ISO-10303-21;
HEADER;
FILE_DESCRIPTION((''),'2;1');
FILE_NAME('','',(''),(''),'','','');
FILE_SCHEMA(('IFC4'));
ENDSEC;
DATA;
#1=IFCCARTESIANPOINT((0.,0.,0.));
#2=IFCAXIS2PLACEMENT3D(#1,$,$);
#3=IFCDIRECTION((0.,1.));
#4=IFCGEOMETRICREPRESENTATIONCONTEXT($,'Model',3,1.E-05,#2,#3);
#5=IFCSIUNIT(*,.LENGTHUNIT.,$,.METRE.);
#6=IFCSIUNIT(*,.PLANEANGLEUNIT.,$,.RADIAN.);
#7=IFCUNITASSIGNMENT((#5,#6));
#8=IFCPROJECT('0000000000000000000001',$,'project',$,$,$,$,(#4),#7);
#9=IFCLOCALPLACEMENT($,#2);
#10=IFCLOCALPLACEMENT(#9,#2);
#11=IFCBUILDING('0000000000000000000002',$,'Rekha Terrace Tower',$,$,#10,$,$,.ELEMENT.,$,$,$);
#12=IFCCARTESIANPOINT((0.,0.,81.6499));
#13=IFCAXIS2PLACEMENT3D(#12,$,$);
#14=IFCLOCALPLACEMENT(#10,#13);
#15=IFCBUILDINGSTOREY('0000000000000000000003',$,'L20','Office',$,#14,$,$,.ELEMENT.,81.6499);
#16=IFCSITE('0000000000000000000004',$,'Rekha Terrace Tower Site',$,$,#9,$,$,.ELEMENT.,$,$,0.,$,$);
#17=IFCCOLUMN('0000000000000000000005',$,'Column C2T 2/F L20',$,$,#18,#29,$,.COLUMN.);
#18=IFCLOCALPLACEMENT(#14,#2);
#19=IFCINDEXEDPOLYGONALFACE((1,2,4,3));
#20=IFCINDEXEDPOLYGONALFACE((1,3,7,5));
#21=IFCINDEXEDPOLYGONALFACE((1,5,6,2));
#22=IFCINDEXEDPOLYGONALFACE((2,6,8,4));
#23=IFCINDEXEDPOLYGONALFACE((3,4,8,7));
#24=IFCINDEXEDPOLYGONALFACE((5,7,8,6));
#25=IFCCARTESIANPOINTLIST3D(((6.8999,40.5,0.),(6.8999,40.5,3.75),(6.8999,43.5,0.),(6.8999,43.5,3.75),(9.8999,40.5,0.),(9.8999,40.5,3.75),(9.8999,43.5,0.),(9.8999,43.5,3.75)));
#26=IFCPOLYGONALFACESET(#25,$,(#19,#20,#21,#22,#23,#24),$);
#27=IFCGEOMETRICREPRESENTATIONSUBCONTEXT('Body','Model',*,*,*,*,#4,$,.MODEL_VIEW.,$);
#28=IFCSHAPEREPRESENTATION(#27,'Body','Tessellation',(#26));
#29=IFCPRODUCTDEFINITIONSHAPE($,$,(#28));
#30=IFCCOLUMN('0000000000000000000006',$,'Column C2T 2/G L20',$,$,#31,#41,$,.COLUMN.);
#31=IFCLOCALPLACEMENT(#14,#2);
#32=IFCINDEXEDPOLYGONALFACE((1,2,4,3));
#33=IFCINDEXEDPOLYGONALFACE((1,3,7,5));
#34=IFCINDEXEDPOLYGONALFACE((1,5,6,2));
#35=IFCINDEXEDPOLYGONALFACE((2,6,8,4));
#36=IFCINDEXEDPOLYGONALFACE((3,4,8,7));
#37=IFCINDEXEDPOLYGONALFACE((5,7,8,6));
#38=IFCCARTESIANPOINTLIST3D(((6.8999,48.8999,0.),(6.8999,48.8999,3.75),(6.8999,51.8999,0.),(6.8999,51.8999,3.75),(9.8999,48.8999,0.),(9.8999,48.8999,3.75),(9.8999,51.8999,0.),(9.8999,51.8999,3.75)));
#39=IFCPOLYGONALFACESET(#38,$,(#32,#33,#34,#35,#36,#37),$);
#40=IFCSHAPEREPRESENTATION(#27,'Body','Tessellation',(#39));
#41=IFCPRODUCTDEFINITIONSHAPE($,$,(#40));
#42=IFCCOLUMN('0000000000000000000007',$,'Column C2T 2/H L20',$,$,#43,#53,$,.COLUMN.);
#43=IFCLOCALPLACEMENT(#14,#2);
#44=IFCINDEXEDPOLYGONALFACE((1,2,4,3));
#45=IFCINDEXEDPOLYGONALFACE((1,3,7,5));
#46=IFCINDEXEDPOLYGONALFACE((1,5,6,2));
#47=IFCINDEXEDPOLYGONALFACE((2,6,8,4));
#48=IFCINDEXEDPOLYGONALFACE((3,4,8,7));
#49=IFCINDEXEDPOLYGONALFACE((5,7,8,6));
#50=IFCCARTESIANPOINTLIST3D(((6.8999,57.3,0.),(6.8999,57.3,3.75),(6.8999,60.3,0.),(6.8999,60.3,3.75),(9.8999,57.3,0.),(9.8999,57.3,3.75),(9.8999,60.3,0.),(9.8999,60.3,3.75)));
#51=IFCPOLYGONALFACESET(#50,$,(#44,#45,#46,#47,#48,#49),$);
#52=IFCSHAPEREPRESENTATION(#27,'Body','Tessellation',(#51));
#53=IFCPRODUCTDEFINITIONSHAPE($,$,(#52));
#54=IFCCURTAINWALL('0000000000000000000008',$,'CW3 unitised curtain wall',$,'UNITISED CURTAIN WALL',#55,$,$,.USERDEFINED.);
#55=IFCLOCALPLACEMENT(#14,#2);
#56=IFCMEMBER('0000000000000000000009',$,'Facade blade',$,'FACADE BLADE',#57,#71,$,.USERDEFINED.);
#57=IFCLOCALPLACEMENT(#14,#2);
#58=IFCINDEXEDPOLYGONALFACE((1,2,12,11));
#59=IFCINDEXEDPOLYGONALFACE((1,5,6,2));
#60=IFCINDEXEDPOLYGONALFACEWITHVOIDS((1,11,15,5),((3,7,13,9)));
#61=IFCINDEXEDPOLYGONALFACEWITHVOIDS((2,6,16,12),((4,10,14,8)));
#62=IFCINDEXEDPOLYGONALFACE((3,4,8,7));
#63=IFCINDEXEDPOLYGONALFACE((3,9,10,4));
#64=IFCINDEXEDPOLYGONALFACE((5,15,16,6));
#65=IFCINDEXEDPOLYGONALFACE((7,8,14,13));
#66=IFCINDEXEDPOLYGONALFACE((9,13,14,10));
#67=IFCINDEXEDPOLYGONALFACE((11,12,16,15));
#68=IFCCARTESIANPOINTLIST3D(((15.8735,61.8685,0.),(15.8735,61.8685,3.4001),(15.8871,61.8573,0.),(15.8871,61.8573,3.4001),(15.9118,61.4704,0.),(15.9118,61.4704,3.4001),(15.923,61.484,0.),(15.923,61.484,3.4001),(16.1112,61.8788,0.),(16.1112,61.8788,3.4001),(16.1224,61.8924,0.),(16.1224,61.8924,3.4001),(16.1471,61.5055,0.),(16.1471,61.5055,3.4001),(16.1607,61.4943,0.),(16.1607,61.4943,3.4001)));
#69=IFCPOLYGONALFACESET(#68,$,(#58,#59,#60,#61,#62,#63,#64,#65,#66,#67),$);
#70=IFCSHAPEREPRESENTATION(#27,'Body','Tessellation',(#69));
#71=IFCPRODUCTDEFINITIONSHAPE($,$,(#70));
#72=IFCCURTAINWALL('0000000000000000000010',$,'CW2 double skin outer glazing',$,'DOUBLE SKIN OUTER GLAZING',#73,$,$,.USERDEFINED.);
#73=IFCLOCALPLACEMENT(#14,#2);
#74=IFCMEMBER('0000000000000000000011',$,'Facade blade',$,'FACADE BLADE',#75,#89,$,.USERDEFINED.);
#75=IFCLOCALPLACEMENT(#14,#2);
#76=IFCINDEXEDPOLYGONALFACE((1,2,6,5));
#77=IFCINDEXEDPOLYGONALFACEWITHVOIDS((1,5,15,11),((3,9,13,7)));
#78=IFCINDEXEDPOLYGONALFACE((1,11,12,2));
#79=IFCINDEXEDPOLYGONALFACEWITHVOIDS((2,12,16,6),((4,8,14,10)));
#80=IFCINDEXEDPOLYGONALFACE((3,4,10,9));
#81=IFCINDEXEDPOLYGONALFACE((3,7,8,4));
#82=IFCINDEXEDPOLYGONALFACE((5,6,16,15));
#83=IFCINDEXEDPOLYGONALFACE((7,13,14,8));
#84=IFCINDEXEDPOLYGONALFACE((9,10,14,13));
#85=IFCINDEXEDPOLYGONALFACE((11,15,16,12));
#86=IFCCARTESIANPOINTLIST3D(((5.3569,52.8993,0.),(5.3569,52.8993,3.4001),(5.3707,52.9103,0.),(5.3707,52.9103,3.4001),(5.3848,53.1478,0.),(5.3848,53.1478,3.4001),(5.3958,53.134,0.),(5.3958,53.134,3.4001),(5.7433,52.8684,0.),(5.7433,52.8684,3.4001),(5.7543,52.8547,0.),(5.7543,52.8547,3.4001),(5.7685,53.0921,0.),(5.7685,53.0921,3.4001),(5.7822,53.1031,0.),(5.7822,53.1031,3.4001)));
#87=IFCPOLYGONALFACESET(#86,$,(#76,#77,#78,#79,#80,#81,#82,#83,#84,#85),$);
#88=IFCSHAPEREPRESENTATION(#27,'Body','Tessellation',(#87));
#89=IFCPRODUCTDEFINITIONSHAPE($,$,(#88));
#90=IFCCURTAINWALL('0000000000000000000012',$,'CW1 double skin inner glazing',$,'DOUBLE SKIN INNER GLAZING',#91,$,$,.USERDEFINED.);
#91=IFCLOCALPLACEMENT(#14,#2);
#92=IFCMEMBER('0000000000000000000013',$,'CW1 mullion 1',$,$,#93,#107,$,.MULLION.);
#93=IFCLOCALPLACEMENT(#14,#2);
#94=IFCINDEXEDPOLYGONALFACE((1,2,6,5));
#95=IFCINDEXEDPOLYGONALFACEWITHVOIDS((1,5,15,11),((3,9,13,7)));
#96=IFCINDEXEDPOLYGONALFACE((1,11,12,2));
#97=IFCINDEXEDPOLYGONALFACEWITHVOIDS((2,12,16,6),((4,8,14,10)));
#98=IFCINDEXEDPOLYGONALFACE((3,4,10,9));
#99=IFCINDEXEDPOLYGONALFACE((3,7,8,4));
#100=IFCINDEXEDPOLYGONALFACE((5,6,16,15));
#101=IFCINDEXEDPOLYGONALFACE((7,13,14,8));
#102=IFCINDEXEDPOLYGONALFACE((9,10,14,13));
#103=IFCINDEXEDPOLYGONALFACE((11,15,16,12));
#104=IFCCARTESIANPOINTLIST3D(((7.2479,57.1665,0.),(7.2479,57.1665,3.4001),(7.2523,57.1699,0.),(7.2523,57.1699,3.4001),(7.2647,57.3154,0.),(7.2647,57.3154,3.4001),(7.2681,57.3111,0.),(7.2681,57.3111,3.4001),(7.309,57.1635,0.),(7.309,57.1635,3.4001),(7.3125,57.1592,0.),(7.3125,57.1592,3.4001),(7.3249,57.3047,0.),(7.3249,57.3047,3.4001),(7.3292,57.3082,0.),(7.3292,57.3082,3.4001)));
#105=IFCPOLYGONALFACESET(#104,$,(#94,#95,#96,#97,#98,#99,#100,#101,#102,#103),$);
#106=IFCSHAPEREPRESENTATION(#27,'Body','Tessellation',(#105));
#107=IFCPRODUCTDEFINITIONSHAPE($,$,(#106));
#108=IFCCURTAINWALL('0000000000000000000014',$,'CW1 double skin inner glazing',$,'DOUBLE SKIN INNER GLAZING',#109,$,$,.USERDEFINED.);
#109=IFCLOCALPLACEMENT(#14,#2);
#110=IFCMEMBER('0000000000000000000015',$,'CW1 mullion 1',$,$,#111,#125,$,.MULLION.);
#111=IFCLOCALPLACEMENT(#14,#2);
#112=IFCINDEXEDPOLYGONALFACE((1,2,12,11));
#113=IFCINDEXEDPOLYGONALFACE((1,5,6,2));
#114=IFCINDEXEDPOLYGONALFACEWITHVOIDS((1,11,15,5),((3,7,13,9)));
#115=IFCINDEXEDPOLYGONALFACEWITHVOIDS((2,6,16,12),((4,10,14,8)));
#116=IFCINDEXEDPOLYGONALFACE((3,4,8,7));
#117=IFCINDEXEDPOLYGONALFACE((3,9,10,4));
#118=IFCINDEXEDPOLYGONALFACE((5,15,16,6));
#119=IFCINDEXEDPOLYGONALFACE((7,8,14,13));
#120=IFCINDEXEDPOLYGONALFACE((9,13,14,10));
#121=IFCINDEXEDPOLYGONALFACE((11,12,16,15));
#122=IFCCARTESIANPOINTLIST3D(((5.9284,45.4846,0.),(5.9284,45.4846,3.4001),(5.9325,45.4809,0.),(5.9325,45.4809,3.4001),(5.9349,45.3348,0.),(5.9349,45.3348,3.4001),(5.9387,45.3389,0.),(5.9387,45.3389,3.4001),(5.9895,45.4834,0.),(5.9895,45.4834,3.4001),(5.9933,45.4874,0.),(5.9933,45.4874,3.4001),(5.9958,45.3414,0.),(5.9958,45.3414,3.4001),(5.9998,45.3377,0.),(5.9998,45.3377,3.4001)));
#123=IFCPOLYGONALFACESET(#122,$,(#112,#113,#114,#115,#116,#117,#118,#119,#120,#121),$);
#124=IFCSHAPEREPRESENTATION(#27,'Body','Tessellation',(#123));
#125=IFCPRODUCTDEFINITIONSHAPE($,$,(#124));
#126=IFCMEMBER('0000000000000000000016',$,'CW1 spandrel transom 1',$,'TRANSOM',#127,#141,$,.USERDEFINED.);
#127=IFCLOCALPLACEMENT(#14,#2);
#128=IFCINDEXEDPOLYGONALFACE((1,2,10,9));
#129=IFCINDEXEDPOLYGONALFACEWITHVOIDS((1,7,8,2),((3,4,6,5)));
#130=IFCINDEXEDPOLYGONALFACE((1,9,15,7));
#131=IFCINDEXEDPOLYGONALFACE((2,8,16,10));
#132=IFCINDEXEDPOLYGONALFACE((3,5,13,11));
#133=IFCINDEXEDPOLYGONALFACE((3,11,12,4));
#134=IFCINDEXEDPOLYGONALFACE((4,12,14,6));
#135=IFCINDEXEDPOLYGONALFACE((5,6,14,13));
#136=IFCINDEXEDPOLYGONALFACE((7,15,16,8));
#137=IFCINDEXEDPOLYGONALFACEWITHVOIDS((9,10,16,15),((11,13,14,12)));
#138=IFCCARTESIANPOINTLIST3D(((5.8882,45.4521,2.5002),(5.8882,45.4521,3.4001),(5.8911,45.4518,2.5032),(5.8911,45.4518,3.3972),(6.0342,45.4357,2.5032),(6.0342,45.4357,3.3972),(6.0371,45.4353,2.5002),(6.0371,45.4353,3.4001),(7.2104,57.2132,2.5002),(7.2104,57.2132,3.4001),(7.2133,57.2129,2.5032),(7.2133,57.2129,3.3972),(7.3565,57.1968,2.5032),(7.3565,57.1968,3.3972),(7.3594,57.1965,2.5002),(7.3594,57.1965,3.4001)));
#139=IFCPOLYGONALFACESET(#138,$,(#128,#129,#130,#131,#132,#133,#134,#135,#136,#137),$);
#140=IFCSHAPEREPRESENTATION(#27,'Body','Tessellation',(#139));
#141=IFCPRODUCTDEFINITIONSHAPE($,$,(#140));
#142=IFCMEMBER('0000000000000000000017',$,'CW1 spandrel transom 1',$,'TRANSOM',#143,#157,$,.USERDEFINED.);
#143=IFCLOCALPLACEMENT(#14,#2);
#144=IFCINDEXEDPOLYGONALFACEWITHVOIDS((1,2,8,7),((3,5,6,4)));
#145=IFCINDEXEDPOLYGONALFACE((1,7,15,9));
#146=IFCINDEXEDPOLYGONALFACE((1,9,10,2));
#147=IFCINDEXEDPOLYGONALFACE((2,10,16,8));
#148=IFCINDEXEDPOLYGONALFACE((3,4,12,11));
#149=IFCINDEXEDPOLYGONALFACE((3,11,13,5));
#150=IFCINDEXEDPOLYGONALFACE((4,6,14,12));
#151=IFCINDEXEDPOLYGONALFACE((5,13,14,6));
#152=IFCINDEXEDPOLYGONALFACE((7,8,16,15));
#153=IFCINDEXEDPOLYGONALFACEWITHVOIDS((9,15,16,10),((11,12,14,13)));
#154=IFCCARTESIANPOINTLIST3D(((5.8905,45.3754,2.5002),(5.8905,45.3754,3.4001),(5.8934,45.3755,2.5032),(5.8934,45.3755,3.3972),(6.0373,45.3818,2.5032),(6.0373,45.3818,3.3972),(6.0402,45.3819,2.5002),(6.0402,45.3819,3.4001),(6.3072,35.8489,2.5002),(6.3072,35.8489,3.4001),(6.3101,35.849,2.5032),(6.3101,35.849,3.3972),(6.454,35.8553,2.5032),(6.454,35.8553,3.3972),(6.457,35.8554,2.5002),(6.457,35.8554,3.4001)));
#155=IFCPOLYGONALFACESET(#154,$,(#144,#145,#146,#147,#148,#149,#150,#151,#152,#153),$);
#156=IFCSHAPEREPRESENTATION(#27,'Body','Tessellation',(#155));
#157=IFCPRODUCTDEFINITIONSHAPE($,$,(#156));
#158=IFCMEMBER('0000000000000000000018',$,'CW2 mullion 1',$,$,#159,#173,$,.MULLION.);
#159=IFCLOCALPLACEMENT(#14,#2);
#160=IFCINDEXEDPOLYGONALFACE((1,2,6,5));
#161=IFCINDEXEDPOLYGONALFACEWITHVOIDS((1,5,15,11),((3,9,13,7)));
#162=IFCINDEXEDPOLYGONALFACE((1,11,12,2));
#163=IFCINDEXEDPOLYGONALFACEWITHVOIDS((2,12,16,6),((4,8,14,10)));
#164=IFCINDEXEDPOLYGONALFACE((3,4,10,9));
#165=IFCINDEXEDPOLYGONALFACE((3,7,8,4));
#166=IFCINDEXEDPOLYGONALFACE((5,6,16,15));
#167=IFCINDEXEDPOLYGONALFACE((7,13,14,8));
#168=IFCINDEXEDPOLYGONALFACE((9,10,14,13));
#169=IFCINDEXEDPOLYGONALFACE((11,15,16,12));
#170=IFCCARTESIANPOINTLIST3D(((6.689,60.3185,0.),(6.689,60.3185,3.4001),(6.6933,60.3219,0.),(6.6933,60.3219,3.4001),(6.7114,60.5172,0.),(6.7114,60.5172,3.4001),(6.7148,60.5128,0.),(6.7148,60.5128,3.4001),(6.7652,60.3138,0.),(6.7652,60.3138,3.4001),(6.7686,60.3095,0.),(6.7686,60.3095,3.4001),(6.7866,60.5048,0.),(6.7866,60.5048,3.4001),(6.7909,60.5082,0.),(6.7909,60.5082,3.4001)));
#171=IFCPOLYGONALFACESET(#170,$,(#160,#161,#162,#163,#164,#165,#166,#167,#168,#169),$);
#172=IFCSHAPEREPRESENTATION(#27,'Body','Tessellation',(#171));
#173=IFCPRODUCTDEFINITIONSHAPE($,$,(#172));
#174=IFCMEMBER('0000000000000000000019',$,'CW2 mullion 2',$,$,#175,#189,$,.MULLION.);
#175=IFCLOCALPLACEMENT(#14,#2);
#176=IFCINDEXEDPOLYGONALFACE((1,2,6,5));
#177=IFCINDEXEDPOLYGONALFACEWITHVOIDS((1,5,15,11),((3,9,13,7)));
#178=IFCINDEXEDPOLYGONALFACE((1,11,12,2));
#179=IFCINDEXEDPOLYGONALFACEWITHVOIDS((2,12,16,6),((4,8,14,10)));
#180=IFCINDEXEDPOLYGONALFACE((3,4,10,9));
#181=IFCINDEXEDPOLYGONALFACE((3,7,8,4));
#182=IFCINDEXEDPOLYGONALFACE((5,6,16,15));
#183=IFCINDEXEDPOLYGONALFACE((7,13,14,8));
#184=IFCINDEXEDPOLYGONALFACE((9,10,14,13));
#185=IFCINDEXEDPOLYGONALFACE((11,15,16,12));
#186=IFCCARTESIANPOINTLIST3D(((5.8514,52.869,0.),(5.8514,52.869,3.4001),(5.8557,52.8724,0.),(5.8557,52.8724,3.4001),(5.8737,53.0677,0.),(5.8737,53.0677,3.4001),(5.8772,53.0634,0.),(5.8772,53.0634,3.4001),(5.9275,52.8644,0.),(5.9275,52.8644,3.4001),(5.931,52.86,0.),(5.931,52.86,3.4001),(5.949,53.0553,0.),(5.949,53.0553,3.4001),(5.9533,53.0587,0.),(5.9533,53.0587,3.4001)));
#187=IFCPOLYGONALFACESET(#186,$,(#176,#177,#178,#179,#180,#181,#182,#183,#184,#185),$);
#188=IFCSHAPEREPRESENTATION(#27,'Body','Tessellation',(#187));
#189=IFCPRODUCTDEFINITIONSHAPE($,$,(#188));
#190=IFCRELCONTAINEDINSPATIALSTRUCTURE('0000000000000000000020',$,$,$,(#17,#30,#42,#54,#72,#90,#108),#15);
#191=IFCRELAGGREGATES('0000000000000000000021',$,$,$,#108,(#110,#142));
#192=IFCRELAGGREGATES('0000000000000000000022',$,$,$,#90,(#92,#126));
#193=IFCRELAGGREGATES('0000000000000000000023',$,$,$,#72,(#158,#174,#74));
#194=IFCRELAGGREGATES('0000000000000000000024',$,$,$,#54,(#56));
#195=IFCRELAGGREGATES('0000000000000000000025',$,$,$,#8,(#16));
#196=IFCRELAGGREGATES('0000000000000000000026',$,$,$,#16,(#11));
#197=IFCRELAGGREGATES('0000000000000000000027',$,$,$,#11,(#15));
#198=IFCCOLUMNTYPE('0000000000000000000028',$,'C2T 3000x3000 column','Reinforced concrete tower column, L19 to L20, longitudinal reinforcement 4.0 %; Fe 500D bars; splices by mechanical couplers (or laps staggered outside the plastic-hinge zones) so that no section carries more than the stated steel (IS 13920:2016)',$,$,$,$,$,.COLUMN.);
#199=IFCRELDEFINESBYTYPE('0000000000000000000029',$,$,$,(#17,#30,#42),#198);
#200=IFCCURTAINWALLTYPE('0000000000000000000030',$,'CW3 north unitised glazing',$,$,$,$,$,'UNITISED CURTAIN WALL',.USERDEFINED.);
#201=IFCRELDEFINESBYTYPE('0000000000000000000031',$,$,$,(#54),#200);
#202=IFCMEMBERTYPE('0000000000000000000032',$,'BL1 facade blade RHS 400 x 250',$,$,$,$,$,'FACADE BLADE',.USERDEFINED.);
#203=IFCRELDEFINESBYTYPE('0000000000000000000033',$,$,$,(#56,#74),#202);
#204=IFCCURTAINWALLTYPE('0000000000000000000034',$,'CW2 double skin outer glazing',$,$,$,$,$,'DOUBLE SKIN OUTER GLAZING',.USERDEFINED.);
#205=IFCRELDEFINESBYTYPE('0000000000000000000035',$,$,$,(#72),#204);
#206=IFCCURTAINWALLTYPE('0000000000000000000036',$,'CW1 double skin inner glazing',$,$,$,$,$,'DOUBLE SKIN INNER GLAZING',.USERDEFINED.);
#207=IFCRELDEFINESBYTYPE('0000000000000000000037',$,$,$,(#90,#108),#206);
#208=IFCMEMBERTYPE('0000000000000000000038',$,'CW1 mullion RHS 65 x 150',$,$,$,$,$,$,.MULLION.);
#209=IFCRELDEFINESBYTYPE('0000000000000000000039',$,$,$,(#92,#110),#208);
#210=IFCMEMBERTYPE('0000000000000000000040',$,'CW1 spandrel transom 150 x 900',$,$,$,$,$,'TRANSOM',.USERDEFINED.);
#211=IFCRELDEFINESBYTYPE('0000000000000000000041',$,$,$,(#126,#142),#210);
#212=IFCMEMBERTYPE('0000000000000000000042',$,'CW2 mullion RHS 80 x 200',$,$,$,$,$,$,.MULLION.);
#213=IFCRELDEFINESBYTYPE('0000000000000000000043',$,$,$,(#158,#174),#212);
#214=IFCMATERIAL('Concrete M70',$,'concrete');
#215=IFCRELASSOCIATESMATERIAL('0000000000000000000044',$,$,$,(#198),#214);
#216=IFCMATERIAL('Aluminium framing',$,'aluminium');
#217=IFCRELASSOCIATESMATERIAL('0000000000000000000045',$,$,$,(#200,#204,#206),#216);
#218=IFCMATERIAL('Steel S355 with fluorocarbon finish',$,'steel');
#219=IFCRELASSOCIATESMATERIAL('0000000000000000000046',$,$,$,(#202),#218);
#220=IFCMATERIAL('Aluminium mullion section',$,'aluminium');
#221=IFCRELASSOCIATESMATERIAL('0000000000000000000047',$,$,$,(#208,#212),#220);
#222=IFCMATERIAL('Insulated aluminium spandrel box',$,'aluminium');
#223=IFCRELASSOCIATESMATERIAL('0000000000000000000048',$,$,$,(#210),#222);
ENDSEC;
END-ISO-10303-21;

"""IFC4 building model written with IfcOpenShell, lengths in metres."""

from ifc_helpers import new_model, si_unit, direction, frame, origin, origin_2d, place, context, subcontext, project, spatial, rectangle, hollow_rectangle, extrude, material, material_profile, profile_set, type_object, element, aggregate, save


model = new_model("IFC4")

# Units and contexts
model_context = context("Model", 3, precision=1e-05, world=origin(), true_north=direction((0.0, 1.0)))
body_context = subcontext(model_context, "Body", "Model", "MODEL_VIEW")
ifc_project = project(units=[si_unit("LENGTHUNIT", "METRE"), si_unit("PLANEANGLEUNIT", "RADIAN")], contexts=[model_context])

# Site, building, storey
site_placement = place(None, origin())
site = spatial("IfcSite", under=ifc_project, at=site_placement, Name="Rekha Terrace Tower Site", CompositionType="ELEMENT", RefElevation=0.0)
building_placement = place(site_placement, origin())
building = spatial("IfcBuilding", under=site, at=building_placement, Name="Rekha Terrace Tower", CompositionType="ELEMENT")
storey_placement = place(building_placement, frame((0.0, 0.0, 81.6499)))
storey = spatial("IfcBuildingStorey", under=building, at=storey_placement, Name="L20", Description="Office", CompositionType="ELEMENT", Elevation=81.6499)

# Columns
ifc_material_1 = material(Name="Concrete M70", Category="concrete")
ifc_material_profile_1 = material_profile(ifc_material_1, rectangle(XDim=3.0, YDim=3.0, at=origin_2d()), Name="RC 3000x3000")
ifc_profile_set_1 = profile_set([ifc_material_profile_1], Name="Concrete M70")
column_type = type_object("IfcColumnType", Name="C2T 3000x3000 column", Description="Reinforced concrete tower column, L19 to L20, longitudinal reinforcement 4.0 %; Fe 500D bars; splices by mechanical couplers (or laps staggered outside the plastic-hinge zones) so that no section carries more than the stated steel (IS 13920:2016)", PredefinedType="COLUMN", material=ifc_profile_set_1)
for number, where, z_axis, x_axis, name in (
    (1, (8.3999, 42.0, 0.0), (0.0, 0.0, 1.0), (1.0, 0.0, 0.0), "Column C2T 2/F L20"),
    (2, (8.3999, 50.3999, 0.0), (0.0, 0.0, 1.0), (1.0, 0.0, 0.0), "Column C2T 2/G L20"),
    (3, (8.3999, 58.8, 0.0), (0.0, 0.0, 1.0), (1.0, 0.0, 0.0), "Column C2T 2/H L20"),
):
    element("IfcColumn", number, at=place(storey_placement, frame(where, z_axis=z_axis, x_axis=x_axis)), inside=storey, type_object=column_type, Name=name, PredefinedType="COLUMN", context=body_context, shape_type="SweptSolid", body=[
        extrude(rectangle(XDim=3.0, YDim=3.0, at=origin_2d()), origin(), (0.0, 0.0, 1.0), 3.75),
    ])

# Curtain walls, members
ifc_material_2 = material(Name="Aluminium framing", Category="aluminium")
curtain_wall_type_1 = type_object("IfcCurtainWallType", Name="CW3 north unitised glazing", ElementType="UNITISED CURTAIN WALL", PredefinedType="USERDEFINED", material=ifc_material_2)
curtain_wall_1_placement = place(storey_placement, origin())
curtain_wall_1 = element("IfcCurtainWall", 4, at=curtain_wall_1_placement, inside=storey, type_object=curtain_wall_type_1, Name="CW3 unitised curtain wall", ObjectType="UNITISED CURTAIN WALL", PredefinedType="USERDEFINED")
ifc_material_3 = material(Name="Steel S355 with fluorocarbon finish", Category="steel")
ifc_material_profile_2 = material_profile(ifc_material_3, hollow_rectangle(XDim=0.25, YDim=0.3999, WallThickness=0.0125, at=origin_2d()), Name="RHS400x250x12.5")
ifc_profile_set_2 = profile_set([ifc_material_profile_2], Name="Steel S355 with fluorocarbon finish")
member_type_1 = type_object("IfcMemberType", Name="BL1 facade blade RHS 400 x 250", ElementType="FACADE BLADE", PredefinedType="USERDEFINED", material=ifc_profile_set_2)
member_1_placement = place(storey_placement, frame((16.0171, 61.6814, 0.0), z_axis=(0.0, 0.0, 1.0), x_axis=(-0.995409, -0.095712, 0.0)))
member_1 = element("IfcMember", 5, at=member_1_placement, type_object=member_type_1, Name="Facade blade", ObjectType="FACADE BLADE", PredefinedType="USERDEFINED", context=body_context, shape_type="SweptSolid", body=[
    extrude(hollow_rectangle(XDim=0.25, YDim=0.3999, WallThickness=0.0125, at=origin_2d()), origin(), (0.0, 0.0, 1.0), 3.4001),
])
curtain_wall_type_2 = type_object("IfcCurtainWallType", Name="CW2 double skin outer glazing", ElementType="DOUBLE SKIN OUTER GLAZING", PredefinedType="USERDEFINED", material=ifc_material_2)
curtain_wall_2_placement = place(storey_placement, origin())
curtain_wall_2 = element("IfcCurtainWall", 6, at=curtain_wall_2_placement, inside=storey, type_object=curtain_wall_type_2, Name="CW2 double skin outer glazing", ObjectType="DOUBLE SKIN OUTER GLAZING", PredefinedType="USERDEFINED")
member_2_placement = place(storey_placement, frame((5.5696, 53.0012, 0.0), z_axis=(0.0, 0.0, 1.0), x_axis=(-0.111729, -0.993739, 0.0)))
member_2 = element("IfcMember", 7, at=member_2_placement, type_object=member_type_1, Name="Facade blade", ObjectType="FACADE BLADE", PredefinedType="USERDEFINED", context=body_context, shape_type="SweptSolid", body=[
    extrude(hollow_rectangle(XDim=0.25, YDim=0.3999, WallThickness=0.0125, at=origin_2d()), origin(), (0.0, 0.0, 1.0), 3.4001),
])
curtain_wall_type_3 = type_object("IfcCurtainWallType", Name="CW1 double skin inner glazing", ElementType="DOUBLE SKIN INNER GLAZING", PredefinedType="USERDEFINED", material=ifc_material_2)
curtain_wall_3_placement = place(storey_placement, origin())
curtain_wall_3 = element("IfcCurtainWall", 8, at=curtain_wall_3_placement, inside=storey, type_object=curtain_wall_type_3, Name="CW1 double skin inner glazing", ObjectType="DOUBLE SKIN INNER GLAZING", PredefinedType="USERDEFINED")
ifc_material_4 = material(Name="Aluminium mullion section", Category="aluminium")
ifc_material_profile_3 = material_profile(ifc_material_4, hollow_rectangle(XDim=0.0649, YDim=0.1499, WallThickness=0.0039, at=origin_2d()), Name="AL RHS 65x150")
ifc_profile_set_3 = profile_set([ifc_material_profile_3], Name="Aluminium mullion section")
member_type_2 = type_object("IfcMemberType", Name="CW1 mullion RHS 65 x 150", PredefinedType="MULLION", material=ifc_profile_set_3)
member_3_placement = place(storey_placement, frame((7.2886, 57.2373, 0.0), z_axis=(0.0, 0.0, 1.0), x_axis=(0.993739, -0.11173, 0.0)))
member_3 = element("IfcMember", 9, at=member_3_placement, type_object=member_type_2, Name="CW1 mullion 1", PredefinedType="MULLION", context=body_context, shape_type="SweptSolid", body=[
    extrude(hollow_rectangle(XDim=0.0649, YDim=0.1499, WallThickness=0.0039, at=origin_2d()), origin(), (0.0, 0.0, 1.0), 3.4001),
])
curtain_wall_4_placement = place(storey_placement, origin())
curtain_wall_4 = element("IfcCurtainWall", 10, at=curtain_wall_4_placement, inside=storey, type_object=curtain_wall_type_3, Name="CW1 double skin inner glazing", ObjectType="DOUBLE SKIN INNER GLAZING", PredefinedType="USERDEFINED")
member_4_placement = place(storey_placement, frame((5.9641, 45.4111, 0.0), z_axis=(0.0, 0.0, 1.0), x_axis=(0.999045, 0.043683, 0.0)))
member_4 = element("IfcMember", 11, at=member_4_placement, type_object=member_type_2, Name="CW1 mullion 1", PredefinedType="MULLION", context=body_context, shape_type="SweptSolid", body=[
    extrude(hollow_rectangle(XDim=0.0649, YDim=0.1499, WallThickness=0.0039, at=origin_2d()), origin(), (0.0, 0.0, 1.0), 3.4001),
])

# Members
ifc_material_5 = material(Name="Insulated aluminium spandrel box", Category="aluminium")
ifc_material_profile_4 = material_profile(ifc_material_5, hollow_rectangle(XDim=0.1499, YDim=0.8999, WallThickness=0.0029, at=origin_2d()), Name="AL SPANDREL BOX 150x900")
ifc_profile_set_4 = profile_set([ifc_material_profile_4], Name="Insulated aluminium spandrel box")
member_type_3 = type_object("IfcMemberType", Name="CW1 spandrel transom 150 x 900", ElementType="TRANSOM", PredefinedType="USERDEFINED", material=ifc_profile_set_4)
member_5_placement = place(storey_placement, frame((7.2849, 57.2048, 2.9502), z_axis=(-0.111722, -0.99374, 0.0), x_axis=(0.99374, -0.111722, 0.0)))
member_5 = element("IfcMember", 12, at=member_5_placement, type_object=member_type_3, Name="CW1 spandrel transom 1", ObjectType="TRANSOM", PredefinedType="USERDEFINED", context=body_context, shape_type="SweptSolid", body=[
    extrude(hollow_rectangle(XDim=0.1499, YDim=0.8999, WallThickness=0.0029, at=origin_2d()), origin(), (0.0, 0.0, 1.0), 11.8352),
])
member_6_placement = place(storey_placement, frame((5.9653, 45.3787, 2.9502), z_axis=(0.043704, -0.999045, 0.0), x_axis=(0.999045, 0.043704, 0.0)))
member_6 = element("IfcMember", 13, at=member_6_placement, type_object=member_type_3, Name="CW1 spandrel transom 1", ObjectType="TRANSOM", PredefinedType="USERDEFINED", context=body_context, shape_type="SweptSolid", body=[
    extrude(hollow_rectangle(XDim=0.1499, YDim=0.8999, WallThickness=0.0029, at=origin_2d()), origin(), (0.0, 0.0, 1.0), 9.5356),
])
aggregate(curtain_wall_4, [member_4, member_6])
ifc_material_profile_5 = material_profile(ifc_material_4, hollow_rectangle(XDim=0.0801, YDim=0.2, WallThickness=0.0039, at=origin_2d()), Name="AL RHS 80x200")
ifc_profile_set_5 = profile_set([ifc_material_profile_5], Name="Aluminium mullion section")
member_type_4 = type_object("IfcMemberType", Name="CW2 mullion RHS 80 x 200", PredefinedType="MULLION", material=ifc_profile_set_5)
member_7_placement = place(storey_placement, frame((6.74, 60.4133, 0.0), z_axis=(0.0, 0.0, 1.0), x_axis=(0.993739, -0.11173, 0.0)))
member_7 = element("IfcMember", 14, at=member_7_placement, type_object=member_type_4, Name="CW2 mullion 1", PredefinedType="MULLION", context=body_context, shape_type="SweptSolid", body=[
    extrude(hollow_rectangle(XDim=0.0801, YDim=0.2, WallThickness=0.0039, at=origin_2d()), origin(), (0.0, 0.0, 1.0), 3.4001),
])
member_8_placement = place(storey_placement, frame((5.9023, 52.9639, 0.0), z_axis=(0.0, 0.0, 1.0), x_axis=(0.993739, -0.11173, 0.0)))
member_8 = element("IfcMember", 15, at=member_8_placement, type_object=member_type_4, Name="CW2 mullion 2", PredefinedType="MULLION", context=body_context, shape_type="SweptSolid", body=[
    extrude(hollow_rectangle(XDim=0.0801, YDim=0.2, WallThickness=0.0039, at=origin_2d()), origin(), (0.0, 0.0, 1.0), 3.4001),
])

aggregate(curtain_wall_3, [member_3, member_5])
aggregate(curtain_wall_2, [member_7, member_8, member_2])
aggregate(curtain_wall_1, [member_1])

save(model, "model.ifc")
